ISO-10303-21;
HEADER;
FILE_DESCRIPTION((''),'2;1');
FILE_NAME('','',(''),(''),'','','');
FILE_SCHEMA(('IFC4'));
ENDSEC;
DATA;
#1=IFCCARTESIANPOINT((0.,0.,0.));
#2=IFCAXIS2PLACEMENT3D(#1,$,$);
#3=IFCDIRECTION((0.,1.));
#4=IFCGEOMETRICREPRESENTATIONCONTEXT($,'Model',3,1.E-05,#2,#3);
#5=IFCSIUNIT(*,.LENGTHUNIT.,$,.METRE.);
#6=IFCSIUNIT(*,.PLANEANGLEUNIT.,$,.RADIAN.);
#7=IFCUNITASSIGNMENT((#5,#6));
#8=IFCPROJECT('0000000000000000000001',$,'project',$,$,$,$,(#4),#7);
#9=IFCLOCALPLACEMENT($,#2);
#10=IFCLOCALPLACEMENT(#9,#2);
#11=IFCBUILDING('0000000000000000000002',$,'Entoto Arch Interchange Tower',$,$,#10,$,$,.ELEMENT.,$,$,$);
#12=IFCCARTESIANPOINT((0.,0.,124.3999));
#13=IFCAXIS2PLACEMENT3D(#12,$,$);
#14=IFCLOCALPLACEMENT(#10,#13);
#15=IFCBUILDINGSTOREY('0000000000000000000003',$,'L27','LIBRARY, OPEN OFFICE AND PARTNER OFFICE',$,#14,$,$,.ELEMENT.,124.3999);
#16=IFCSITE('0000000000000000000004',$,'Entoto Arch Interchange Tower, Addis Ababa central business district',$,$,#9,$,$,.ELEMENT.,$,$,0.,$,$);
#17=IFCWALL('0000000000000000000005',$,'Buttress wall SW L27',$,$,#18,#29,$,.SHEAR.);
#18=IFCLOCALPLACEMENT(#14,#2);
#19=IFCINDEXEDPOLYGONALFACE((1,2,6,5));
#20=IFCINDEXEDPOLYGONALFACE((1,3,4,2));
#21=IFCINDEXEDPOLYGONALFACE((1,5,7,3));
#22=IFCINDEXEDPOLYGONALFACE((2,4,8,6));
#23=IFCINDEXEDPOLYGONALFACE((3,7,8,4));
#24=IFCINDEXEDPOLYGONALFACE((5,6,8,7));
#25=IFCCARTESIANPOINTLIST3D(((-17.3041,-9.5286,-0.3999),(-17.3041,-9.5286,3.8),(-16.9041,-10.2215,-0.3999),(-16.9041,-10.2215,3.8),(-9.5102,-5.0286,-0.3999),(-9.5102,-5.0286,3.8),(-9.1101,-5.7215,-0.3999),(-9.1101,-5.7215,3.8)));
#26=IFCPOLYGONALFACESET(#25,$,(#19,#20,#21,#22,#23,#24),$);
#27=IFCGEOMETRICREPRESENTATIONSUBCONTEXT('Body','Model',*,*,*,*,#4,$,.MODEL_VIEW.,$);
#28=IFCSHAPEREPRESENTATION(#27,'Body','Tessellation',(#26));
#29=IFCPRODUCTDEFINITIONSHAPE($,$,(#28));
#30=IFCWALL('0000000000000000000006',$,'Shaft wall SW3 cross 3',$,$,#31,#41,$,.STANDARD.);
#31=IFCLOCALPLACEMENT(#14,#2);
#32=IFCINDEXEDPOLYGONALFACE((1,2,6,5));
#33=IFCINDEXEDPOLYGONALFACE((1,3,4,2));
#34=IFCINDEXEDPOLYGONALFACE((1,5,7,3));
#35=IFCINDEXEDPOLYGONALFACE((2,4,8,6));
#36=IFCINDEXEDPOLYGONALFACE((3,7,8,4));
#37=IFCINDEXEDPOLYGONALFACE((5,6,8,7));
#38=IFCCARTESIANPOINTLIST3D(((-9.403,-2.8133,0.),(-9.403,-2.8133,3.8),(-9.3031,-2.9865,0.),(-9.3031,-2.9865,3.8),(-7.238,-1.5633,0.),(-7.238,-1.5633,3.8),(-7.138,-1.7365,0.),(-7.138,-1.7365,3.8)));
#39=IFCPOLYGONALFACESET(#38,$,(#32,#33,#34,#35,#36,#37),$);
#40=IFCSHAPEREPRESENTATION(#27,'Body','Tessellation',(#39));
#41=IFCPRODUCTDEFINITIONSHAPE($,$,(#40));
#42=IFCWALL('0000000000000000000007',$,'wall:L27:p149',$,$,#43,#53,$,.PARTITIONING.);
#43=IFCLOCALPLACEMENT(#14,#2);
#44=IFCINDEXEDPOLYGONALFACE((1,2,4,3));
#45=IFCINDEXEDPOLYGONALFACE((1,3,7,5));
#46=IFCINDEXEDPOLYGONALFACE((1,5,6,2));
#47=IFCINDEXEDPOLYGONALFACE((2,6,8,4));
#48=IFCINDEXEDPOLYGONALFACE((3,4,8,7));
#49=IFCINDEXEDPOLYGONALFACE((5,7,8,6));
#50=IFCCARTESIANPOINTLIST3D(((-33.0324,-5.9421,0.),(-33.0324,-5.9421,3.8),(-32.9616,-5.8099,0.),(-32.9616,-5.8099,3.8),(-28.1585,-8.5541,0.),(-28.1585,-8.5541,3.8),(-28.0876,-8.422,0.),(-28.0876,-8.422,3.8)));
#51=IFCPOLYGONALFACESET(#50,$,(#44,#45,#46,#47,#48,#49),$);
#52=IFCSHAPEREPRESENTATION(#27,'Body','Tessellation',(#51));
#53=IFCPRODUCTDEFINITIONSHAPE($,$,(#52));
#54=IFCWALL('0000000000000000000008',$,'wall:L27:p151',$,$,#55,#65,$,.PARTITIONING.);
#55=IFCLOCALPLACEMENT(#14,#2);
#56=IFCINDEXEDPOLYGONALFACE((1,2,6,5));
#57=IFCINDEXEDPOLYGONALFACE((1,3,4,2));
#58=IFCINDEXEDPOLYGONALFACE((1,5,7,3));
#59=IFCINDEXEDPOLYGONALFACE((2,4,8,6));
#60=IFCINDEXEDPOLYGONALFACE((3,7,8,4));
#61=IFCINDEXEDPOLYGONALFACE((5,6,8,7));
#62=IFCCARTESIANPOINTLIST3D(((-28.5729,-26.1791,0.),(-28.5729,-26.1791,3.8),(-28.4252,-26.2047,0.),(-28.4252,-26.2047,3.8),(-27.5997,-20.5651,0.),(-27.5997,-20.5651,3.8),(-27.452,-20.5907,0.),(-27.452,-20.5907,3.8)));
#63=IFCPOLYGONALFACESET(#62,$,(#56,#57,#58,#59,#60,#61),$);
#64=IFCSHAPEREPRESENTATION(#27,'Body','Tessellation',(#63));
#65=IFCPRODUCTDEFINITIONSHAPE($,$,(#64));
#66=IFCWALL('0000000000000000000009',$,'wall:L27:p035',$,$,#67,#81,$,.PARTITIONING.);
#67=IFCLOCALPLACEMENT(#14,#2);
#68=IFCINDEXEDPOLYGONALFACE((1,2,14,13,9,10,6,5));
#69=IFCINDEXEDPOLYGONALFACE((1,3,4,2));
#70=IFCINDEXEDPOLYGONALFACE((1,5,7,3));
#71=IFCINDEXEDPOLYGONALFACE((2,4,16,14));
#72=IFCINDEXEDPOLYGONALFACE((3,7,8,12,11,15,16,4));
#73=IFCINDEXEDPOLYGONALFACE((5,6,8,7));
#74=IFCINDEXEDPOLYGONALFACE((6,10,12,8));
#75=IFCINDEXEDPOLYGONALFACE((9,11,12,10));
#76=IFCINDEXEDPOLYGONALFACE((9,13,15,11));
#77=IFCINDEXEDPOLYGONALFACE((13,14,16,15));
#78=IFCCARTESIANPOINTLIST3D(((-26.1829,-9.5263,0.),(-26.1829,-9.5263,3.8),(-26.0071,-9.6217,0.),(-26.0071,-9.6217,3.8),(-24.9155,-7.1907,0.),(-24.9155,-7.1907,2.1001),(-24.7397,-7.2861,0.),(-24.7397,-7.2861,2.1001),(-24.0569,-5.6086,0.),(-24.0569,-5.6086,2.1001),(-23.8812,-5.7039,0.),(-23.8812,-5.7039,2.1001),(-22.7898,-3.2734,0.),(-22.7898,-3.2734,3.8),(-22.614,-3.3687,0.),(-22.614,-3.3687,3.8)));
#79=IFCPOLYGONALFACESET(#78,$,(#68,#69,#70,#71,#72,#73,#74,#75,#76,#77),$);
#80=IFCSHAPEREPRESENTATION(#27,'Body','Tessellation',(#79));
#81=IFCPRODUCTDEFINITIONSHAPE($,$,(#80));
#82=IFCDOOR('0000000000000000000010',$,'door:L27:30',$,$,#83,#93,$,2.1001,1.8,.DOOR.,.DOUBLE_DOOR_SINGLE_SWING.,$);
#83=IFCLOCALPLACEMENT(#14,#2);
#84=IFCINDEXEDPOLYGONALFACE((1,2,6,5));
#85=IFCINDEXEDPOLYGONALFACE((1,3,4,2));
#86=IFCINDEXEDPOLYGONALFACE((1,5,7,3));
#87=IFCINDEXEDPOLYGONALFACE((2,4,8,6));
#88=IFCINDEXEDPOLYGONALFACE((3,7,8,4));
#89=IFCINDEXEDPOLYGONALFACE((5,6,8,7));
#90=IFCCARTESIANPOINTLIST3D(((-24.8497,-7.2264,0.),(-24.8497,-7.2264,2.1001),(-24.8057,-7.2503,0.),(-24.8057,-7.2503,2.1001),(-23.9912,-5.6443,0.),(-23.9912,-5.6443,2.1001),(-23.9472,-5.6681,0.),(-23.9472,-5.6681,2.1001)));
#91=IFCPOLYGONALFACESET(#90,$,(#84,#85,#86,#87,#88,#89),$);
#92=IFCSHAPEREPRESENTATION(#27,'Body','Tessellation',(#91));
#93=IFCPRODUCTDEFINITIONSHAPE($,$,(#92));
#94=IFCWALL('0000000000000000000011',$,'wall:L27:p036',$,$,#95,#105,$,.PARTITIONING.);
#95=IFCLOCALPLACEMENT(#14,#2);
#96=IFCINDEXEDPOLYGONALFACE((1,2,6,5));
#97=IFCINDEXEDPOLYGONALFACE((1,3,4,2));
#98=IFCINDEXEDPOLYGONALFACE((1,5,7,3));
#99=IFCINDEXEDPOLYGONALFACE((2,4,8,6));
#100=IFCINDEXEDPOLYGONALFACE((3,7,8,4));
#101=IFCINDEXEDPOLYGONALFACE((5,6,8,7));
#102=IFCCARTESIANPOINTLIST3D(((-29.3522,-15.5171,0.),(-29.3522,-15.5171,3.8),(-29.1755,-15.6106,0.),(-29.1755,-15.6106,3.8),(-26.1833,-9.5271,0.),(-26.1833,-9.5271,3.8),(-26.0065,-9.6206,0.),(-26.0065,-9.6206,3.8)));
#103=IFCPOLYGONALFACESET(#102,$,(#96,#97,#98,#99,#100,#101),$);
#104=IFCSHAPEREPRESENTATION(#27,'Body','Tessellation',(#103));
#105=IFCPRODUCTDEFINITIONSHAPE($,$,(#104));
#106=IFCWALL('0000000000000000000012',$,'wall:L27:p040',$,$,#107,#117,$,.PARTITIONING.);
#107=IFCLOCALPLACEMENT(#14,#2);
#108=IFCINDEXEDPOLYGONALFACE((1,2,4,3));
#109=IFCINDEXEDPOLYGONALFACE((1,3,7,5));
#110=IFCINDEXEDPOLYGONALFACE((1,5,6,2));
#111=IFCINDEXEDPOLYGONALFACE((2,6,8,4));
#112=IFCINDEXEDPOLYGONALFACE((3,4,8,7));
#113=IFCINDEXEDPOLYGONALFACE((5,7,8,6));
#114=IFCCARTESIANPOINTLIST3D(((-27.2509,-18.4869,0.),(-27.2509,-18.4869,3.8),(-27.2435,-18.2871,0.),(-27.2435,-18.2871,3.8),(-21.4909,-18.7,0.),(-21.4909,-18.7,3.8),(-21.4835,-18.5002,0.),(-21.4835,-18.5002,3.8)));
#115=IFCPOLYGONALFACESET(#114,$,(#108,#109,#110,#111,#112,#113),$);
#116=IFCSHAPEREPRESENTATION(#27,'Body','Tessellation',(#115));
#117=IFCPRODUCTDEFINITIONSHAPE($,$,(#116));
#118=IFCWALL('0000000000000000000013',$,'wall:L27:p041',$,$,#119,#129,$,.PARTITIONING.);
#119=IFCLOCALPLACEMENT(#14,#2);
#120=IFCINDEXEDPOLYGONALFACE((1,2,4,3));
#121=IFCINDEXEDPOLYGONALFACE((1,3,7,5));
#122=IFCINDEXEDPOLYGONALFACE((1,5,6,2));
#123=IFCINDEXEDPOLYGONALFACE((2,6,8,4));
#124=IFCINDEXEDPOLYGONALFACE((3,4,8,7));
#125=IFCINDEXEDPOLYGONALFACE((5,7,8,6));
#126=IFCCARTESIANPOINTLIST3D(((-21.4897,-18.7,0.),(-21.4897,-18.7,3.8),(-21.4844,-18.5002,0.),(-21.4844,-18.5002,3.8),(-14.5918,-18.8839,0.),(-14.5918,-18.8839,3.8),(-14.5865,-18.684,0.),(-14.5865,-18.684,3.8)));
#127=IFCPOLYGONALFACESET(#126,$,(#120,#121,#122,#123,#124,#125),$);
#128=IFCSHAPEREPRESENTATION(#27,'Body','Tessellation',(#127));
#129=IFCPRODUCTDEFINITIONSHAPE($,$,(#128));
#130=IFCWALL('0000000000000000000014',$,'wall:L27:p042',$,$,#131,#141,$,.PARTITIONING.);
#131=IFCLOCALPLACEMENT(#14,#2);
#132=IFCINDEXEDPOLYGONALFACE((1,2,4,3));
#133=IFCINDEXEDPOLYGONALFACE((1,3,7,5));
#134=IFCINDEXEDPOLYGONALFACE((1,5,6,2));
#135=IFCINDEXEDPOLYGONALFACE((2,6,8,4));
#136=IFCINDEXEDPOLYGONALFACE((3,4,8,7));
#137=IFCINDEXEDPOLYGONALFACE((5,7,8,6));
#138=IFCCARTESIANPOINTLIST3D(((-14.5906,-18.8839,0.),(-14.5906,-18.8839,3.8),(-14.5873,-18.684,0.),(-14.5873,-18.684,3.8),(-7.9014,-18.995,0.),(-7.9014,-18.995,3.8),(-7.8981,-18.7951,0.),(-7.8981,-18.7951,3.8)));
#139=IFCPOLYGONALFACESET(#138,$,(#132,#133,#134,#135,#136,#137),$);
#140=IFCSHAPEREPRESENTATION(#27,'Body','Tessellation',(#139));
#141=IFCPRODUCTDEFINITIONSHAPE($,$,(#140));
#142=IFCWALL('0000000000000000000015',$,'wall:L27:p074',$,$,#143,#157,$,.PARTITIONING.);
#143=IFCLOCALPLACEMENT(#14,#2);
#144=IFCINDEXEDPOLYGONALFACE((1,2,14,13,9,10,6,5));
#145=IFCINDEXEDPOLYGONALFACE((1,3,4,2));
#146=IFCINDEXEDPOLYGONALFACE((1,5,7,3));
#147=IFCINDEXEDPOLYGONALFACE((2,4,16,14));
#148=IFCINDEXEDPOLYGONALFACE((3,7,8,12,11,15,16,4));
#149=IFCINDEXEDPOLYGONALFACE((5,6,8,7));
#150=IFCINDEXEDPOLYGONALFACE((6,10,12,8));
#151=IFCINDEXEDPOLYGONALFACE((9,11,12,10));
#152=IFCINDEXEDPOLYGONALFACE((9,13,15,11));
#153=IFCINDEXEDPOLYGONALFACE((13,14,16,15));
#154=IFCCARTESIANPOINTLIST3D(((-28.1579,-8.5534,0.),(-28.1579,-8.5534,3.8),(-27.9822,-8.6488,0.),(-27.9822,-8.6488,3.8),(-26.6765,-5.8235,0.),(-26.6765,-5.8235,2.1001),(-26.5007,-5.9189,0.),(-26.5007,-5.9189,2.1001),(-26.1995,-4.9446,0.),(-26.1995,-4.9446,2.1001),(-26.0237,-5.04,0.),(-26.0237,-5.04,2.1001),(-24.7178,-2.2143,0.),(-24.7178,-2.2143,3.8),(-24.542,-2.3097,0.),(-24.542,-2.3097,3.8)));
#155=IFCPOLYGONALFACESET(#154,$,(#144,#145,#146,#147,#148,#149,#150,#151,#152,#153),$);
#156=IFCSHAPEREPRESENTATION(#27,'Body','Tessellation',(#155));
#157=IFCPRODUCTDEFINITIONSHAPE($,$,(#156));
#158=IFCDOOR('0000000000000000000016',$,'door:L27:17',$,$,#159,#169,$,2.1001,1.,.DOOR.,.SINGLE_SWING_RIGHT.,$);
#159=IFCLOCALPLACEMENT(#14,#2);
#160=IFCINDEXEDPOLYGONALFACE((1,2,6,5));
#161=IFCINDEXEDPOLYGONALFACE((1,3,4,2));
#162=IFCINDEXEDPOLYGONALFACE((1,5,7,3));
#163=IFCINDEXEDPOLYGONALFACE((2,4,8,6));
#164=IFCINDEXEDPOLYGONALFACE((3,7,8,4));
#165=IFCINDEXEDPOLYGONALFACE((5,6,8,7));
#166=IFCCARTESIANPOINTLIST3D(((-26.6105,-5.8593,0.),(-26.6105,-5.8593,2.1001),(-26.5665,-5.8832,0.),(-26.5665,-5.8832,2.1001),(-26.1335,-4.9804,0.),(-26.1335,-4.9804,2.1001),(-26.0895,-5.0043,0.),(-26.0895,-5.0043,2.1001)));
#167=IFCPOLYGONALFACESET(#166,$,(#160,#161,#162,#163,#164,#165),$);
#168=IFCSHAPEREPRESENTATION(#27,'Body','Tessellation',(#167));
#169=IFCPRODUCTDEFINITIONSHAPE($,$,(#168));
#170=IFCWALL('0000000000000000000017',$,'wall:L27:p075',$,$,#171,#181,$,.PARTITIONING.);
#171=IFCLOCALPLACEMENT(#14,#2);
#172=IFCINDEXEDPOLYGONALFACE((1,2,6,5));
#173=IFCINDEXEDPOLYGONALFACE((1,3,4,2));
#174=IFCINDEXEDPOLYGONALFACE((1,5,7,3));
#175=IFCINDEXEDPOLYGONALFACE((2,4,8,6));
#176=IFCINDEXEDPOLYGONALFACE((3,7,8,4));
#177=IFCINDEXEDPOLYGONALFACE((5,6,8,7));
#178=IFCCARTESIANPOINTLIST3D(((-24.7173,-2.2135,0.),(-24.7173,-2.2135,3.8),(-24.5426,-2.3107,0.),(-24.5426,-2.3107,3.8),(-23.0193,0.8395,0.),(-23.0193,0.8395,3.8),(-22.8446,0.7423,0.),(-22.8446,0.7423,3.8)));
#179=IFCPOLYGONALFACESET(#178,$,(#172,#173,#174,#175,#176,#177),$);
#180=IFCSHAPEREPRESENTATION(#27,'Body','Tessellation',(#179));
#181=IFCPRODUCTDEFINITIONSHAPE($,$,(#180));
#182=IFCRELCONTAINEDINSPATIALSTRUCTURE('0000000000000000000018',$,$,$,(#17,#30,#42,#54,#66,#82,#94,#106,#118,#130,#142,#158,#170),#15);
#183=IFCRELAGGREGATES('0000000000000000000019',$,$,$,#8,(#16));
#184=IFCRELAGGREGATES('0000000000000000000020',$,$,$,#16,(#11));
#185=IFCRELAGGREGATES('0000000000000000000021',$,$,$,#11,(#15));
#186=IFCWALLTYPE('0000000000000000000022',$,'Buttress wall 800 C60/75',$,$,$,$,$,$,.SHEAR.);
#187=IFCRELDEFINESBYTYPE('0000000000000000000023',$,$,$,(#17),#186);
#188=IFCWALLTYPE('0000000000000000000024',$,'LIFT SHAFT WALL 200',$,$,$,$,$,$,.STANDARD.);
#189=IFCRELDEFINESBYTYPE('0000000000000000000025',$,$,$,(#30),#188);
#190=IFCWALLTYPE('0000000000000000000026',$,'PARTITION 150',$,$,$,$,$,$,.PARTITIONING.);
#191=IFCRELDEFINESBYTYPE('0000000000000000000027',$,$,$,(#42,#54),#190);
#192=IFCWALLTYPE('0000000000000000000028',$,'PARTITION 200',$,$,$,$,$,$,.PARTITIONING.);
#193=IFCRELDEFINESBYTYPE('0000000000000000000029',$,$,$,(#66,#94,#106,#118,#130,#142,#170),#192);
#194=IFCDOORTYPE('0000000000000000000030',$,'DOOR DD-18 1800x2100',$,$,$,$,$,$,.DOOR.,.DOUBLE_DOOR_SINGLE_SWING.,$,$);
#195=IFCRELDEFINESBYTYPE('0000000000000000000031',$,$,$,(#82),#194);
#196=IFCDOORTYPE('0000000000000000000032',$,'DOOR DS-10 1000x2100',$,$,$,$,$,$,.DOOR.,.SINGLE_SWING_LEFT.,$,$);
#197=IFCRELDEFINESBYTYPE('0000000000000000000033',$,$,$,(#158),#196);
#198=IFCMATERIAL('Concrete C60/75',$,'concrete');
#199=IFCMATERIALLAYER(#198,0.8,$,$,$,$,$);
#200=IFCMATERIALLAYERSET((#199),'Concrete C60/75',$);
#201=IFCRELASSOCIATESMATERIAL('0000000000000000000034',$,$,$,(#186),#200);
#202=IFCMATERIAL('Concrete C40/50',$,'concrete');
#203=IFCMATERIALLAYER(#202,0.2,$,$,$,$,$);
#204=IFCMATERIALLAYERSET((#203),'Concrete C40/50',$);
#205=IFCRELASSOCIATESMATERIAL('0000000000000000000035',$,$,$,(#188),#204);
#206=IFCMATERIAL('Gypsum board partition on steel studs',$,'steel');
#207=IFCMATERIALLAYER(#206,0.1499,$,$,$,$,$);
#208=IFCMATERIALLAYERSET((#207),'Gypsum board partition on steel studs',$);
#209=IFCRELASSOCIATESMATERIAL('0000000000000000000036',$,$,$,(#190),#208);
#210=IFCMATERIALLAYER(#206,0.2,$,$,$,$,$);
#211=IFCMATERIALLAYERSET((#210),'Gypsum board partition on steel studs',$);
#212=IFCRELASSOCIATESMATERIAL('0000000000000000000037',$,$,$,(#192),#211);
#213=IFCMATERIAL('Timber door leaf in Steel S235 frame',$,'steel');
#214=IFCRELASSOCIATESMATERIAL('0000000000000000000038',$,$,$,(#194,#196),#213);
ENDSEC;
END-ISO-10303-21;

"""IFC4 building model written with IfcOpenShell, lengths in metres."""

from ifc_helpers import new_model, si_unit, direction, frame, frame_2d, origin, place, context, subcontext, project, spatial, rectangle, extrude, material, layer, layer_set, type_object, element, fill, save


model = new_model("IFC4")

# Units and contexts
model_context = context("Model", 3, precision=1e-05, world=origin(), true_north=direction((0.0, 1.0)))
body_context = subcontext(model_context, "Body", "Model", "MODEL_VIEW")
ifc_project = project(units=[si_unit("LENGTHUNIT", "METRE"), si_unit("PLANEANGLEUNIT", "RADIAN")], contexts=[model_context])

# Site, building, storey
site_placement = place(None, origin())
site = spatial("IfcSite", under=ifc_project, at=site_placement, Name="Entoto Arch Interchange Tower, Addis Ababa central business district", CompositionType="ELEMENT", RefElevation=0.0)
building_placement = place(site_placement, origin())
building = spatial("IfcBuilding", under=site, at=building_placement, Name="Entoto Arch Interchange Tower", CompositionType="ELEMENT")
storey_placement = place(building_placement, frame((0.0, 0.0, 124.3999)))
storey = spatial("IfcBuildingStorey", under=building, at=storey_placement, Name="L27", Description="LIBRARY, OPEN OFFICE AND PARTNER OFFICE", CompositionType="ELEMENT", Elevation=124.3999)

# Walls
ifc_material_1 = material(Name="Concrete C60/75", Category="concrete")
ifc_layer_1 = layer(ifc_material_1, 0.8)
ifc_layer_set_1 = layer_set([ifc_layer_1], Name="Concrete C60/75")
wall_type_1 = type_object("IfcWallType", Name="Buttress wall 800 C60/75", PredefinedType="SHEAR", material=ifc_layer_set_1)
wall_1_placement = place(storey_placement, frame((-9.3101, -5.375, -0.3999), z_axis=(0.0, 0.0, 1.0), x_axis=(-0.866018, -0.500014, 0.0)))
element("IfcWall", 1, at=wall_1_placement, inside=storey, type_object=wall_type_1, Name="Buttress wall SW L27", PredefinedType="SHEAR", context=body_context, shape_type="SweptSolid", body=[
    extrude(rectangle(XDim=8.9998, YDim=0.8, at=frame_2d((4.5, 0.0))), origin(), (0.0, 0.0, 1.0), 4.2),
])
ifc_material_2 = material(Name="Concrete C40/50", Category="concrete")
ifc_layer_2 = layer(ifc_material_2, 0.2)
ifc_layer_set_2 = layer_set([ifc_layer_2], Name="Concrete C40/50")
wall_type_2 = type_object("IfcWallType", Name="LIFT SHAFT WALL 200", PredefinedType="STANDARD", material=ifc_layer_set_2)
wall_2_placement = place(storey_placement, frame((-7.188, -1.6499, 0.0), z_axis=(0.0, 0.0, 1.0), x_axis=(-0.866023, -0.500004, 0.0)))
element("IfcWall", 2, at=wall_2_placement, inside=storey, type_object=wall_type_2, Name="Shaft wall SW3 cross 3", PredefinedType="STANDARD", context=body_context, shape_type="SweptSolid", body=[
    extrude(rectangle(XDim=2.5, YDim=0.2, at=frame_2d((1.25, 0.0))), origin(), (0.0, 0.0, 1.0), 3.8),
])
ifc_material_3 = material(Name="Gypsum board partition on steel studs", Category="steel")
ifc_layer_3 = layer(ifc_material_3, 0.1499)
ifc_layer_set_3 = layer_set([ifc_layer_3], Name="Gypsum board partition on steel studs")
wall_type_3 = type_object("IfcWallType", Name="PARTITION 150", PredefinedType="PARTITIONING", material=ifc_layer_set_3)
wall_3_placement = place(storey_placement, frame((-28.123, -8.488, 0.0), z_axis=(0.0, 0.0, 1.0), x_axis=(-0.881406, 0.472359, 0.0)))
element("IfcWall", 3, at=wall_3_placement, inside=storey, type_object=wall_type_3, Name="wall:L27:p149", PredefinedType="PARTITIONING", context=body_context, shape_type="SweptSolid", body=[
    extrude(rectangle(XDim=5.5298, YDim=0.1499, at=frame_2d((2.7649, 0.0))), origin(), (0.0, 0.0, 1.0), 3.8),
])
wall_4_placement = place(storey_placement, frame((-27.5259, -20.5779, 0.0), z_axis=(0.0, 0.0, 1.0), x_axis=(-0.170795, -0.985307, 0.0)))
element("IfcWall", 4, at=wall_4_placement, inside=storey, type_object=wall_type_3, Name="wall:L27:p151", PredefinedType="PARTITIONING", context=body_context, shape_type="SweptSolid", body=[
    extrude(rectangle(XDim=5.6978, YDim=0.1499, at=frame_2d((2.8489, 0.0))), origin(), (0.0, 0.0, 1.0), 3.8),
])

# Wall, opening, door
ifc_layer_4 = layer(ifc_material_3, 0.2)
ifc_layer_set_4 = layer_set([ifc_layer_4], Name="Gypsum board partition on steel studs")
wall_type_4 = type_object("IfcWallType", Name="PARTITION 200", PredefinedType="PARTITIONING", material=ifc_layer_set_4)
wall_5_placement = place(storey_placement, frame((-22.7019, -3.321, 0.0), z_axis=(0.0, 0.0, 1.0), x_axis=(-0.476942, -0.878935, 0.0)))
wall_5 = element("IfcWall", 5, at=wall_5_placement, inside=storey, type_object=wall_type_4, Name="wall:L27:p035", PredefinedType="PARTITIONING", context=body_context, shape_type="SweptSolid", body=[
    extrude(rectangle(XDim=7.1143, YDim=0.2, at=frame_2d((3.5571, 0.0))), origin(), (0.0, 0.0, 1.0), 3.8),
])
opening_1_placement = place(wall_5_placement, frame((2.657, 0.0, 0.0)))
opening_1 = element("IfcOpeningElement", 6, at=opening_1_placement, cuts=wall_5, PredefinedType="OPENING", context=body_context, shape_type="SweptSolid", body=[
    extrude(rectangle(XDim=1.8, YDim=2.1001, at=frame_2d((0.8999, 1.05))), frame((0.0, 0.1099, 0.0), z_axis=(0.0, -1.0, 0.0), x_axis=(1.0, 0.0, 0.0)), (0.0, 0.0, 1.0), 0.22),
])
ifc_material_4 = material(Name="Timber door leaf in Steel S235 frame", Category="steel")
door_type_1 = type_object("IfcDoorType", Name="DOOR DD-18 1800x2100", OperationType="DOUBLE_DOOR_SINGLE_SWING", PredefinedType="DOOR", material=ifc_material_4)
door_1_placement = place(opening_1_placement, origin())
door_1 = element("IfcDoor", 7, at=door_1_placement, inside=storey, type_object=door_type_1, Name="door:L27:30", OperationType="DOUBLE_DOOR_SINGLE_SWING", OverallHeight=2.1001, OverallWidth=1.8, PredefinedType="DOOR", context=body_context, shape_type="SweptSolid", body=[
    extrude(rectangle(XDim=1.8, YDim=2.1001, at=frame_2d((0.8999, 1.05))), frame((0.0, 0.0249, 0.0), z_axis=(0.0, -1.0, 0.0), x_axis=(1.0, 0.0, 0.0)), (0.0, 0.0, 1.0), 0.05),
])
fill(opening_1, door_1)

# Walls
wall_6_placement = place(storey_placement, frame((-26.095, -9.574, 0.0), z_axis=(0.0, 0.0, 1.0), x_axis=(-0.467631, -0.883924, 0.0)))
element("IfcWall", 8, at=wall_6_placement, inside=storey, type_object=wall_type_4, Name="wall:L27:p036", PredefinedType="PARTITIONING", context=body_context, shape_type="SweptSolid", body=[
    extrude(rectangle(XDim=6.7766, YDim=0.2, at=frame_2d((3.3882, 0.0))), origin(), (0.0, 0.0, 1.0), 3.8),
])
wall_7_placement = place(storey_placement, frame((-27.2471, -18.387, 0.0), z_axis=(0.0, 0.0, 1.0), x_axis=(0.999316, -0.036977, 0.0)))
element("IfcWall", 9, at=wall_7_placement, inside=storey, type_object=wall_type_4, Name="wall:L27:p040", PredefinedType="PARTITIONING", context=body_context, shape_type="SweptSolid", body=[
    extrude(rectangle(XDim=5.7639, YDim=0.2, at=frame_2d((2.8818, 0.0))), origin(), (0.0, 0.0, 1.0), 3.8),
])
wall_8_placement = place(storey_placement, frame((-21.4871, -18.6001, 0.0), z_axis=(0.0, 0.0, 1.0), x_axis=(0.999645, -0.026642, 0.0)))
element("IfcWall", 10, at=wall_8_placement, inside=storey, type_object=wall_type_4, Name="wall:L27:p041", PredefinedType="PARTITIONING", context=body_context, shape_type="SweptSolid", body=[
    extrude(rectangle(XDim=6.9004, YDim=0.2, at=frame_2d((3.4502, 0.0))), origin(), (0.0, 0.0, 1.0), 3.8),
])
wall_9_placement = place(storey_placement, frame((-14.5891, -18.7839, 0.0), z_axis=(0.0, 0.0, 1.0), x_axis=(0.999862, -0.016604, 0.0)))
element("IfcWall", 11, at=wall_9_placement, inside=storey, type_object=wall_type_4, Name="wall:L27:p042", PredefinedType="PARTITIONING", context=body_context, shape_type="SweptSolid", body=[
    extrude(rectangle(XDim=6.6902, YDim=0.2, at=frame_2d((3.3452, 0.0))), origin(), (0.0, 0.0, 1.0), 3.8),
])

# Wall, opening, door
wall_10_placement = place(storey_placement, frame((-28.0701, -8.6011, 0.0), z_axis=(0.0, 0.0, 1.0), x_axis=(0.47698, 0.878914, 0.0)))
wall_10 = element("IfcWall", 12, at=wall_10_placement, inside=storey, type_object=wall_type_4, Name="wall:L27:p074", PredefinedType="PARTITIONING", context=body_context, shape_type="SweptSolid", body=[
    extrude(rectangle(XDim=7.2124, YDim=0.2, at=frame_2d((3.6062, 0.0))), origin(), (0.0, 0.0, 1.0), 3.8),
])
opening_2_placement = place(wall_10_placement, frame((3.106, 0.0, 0.0)))
opening_2 = element("IfcOpeningElement", 13, at=opening_2_placement, cuts=wall_10, PredefinedType="OPENING", context=body_context, shape_type="SweptSolid", body=[
    extrude(rectangle(XDim=1.0, YDim=2.1001, at=frame_2d((0.5, 1.05))), frame((0.0, 0.1099, 0.0), z_axis=(0.0, -1.0, 0.0), x_axis=(1.0, 0.0, 0.0)), (0.0, 0.0, 1.0), 0.22),
])
door_type_2 = type_object("IfcDoorType", Name="DOOR DS-10 1000x2100", OperationType="SINGLE_SWING_LEFT", PredefinedType="DOOR", material=ifc_material_4)
door_2_placement = place(opening_2_placement, origin())
door_2 = element("IfcDoor", 14, at=door_2_placement, inside=storey, type_object=door_type_2, Name="door:L27:17", OperationType="SINGLE_SWING_RIGHT", OverallHeight=2.1001, OverallWidth=1.0, PredefinedType="DOOR", context=body_context, shape_type="SweptSolid", body=[
    extrude(rectangle(XDim=1.0, YDim=2.1001, at=frame_2d((0.5, 1.05))), frame((0.0, 0.0249, 0.0), z_axis=(0.0, -1.0, 0.0), x_axis=(1.0, 0.0, 0.0)), (0.0, 0.0, 1.0), 0.05),
])
fill(opening_2, door_2)

# Wall
wall_11_placement = place(storey_placement, frame((-24.6299, -2.262, 0.0), z_axis=(0.0, 0.0, 1.0), x_axis=(0.486058, 0.873926, 0.0)))
element("IfcWall", 15, at=wall_11_placement, inside=storey, type_object=wall_type_4, Name="wall:L27:p075", PredefinedType="PARTITIONING", context=body_context, shape_type="SweptSolid", body=[
    extrude(rectangle(XDim=3.4934, YDim=0.2, at=frame_2d((1.7466, 0.0))), origin(), (0.0, 0.0, 1.0), 3.8),
])

save(model, "model.ifc")
